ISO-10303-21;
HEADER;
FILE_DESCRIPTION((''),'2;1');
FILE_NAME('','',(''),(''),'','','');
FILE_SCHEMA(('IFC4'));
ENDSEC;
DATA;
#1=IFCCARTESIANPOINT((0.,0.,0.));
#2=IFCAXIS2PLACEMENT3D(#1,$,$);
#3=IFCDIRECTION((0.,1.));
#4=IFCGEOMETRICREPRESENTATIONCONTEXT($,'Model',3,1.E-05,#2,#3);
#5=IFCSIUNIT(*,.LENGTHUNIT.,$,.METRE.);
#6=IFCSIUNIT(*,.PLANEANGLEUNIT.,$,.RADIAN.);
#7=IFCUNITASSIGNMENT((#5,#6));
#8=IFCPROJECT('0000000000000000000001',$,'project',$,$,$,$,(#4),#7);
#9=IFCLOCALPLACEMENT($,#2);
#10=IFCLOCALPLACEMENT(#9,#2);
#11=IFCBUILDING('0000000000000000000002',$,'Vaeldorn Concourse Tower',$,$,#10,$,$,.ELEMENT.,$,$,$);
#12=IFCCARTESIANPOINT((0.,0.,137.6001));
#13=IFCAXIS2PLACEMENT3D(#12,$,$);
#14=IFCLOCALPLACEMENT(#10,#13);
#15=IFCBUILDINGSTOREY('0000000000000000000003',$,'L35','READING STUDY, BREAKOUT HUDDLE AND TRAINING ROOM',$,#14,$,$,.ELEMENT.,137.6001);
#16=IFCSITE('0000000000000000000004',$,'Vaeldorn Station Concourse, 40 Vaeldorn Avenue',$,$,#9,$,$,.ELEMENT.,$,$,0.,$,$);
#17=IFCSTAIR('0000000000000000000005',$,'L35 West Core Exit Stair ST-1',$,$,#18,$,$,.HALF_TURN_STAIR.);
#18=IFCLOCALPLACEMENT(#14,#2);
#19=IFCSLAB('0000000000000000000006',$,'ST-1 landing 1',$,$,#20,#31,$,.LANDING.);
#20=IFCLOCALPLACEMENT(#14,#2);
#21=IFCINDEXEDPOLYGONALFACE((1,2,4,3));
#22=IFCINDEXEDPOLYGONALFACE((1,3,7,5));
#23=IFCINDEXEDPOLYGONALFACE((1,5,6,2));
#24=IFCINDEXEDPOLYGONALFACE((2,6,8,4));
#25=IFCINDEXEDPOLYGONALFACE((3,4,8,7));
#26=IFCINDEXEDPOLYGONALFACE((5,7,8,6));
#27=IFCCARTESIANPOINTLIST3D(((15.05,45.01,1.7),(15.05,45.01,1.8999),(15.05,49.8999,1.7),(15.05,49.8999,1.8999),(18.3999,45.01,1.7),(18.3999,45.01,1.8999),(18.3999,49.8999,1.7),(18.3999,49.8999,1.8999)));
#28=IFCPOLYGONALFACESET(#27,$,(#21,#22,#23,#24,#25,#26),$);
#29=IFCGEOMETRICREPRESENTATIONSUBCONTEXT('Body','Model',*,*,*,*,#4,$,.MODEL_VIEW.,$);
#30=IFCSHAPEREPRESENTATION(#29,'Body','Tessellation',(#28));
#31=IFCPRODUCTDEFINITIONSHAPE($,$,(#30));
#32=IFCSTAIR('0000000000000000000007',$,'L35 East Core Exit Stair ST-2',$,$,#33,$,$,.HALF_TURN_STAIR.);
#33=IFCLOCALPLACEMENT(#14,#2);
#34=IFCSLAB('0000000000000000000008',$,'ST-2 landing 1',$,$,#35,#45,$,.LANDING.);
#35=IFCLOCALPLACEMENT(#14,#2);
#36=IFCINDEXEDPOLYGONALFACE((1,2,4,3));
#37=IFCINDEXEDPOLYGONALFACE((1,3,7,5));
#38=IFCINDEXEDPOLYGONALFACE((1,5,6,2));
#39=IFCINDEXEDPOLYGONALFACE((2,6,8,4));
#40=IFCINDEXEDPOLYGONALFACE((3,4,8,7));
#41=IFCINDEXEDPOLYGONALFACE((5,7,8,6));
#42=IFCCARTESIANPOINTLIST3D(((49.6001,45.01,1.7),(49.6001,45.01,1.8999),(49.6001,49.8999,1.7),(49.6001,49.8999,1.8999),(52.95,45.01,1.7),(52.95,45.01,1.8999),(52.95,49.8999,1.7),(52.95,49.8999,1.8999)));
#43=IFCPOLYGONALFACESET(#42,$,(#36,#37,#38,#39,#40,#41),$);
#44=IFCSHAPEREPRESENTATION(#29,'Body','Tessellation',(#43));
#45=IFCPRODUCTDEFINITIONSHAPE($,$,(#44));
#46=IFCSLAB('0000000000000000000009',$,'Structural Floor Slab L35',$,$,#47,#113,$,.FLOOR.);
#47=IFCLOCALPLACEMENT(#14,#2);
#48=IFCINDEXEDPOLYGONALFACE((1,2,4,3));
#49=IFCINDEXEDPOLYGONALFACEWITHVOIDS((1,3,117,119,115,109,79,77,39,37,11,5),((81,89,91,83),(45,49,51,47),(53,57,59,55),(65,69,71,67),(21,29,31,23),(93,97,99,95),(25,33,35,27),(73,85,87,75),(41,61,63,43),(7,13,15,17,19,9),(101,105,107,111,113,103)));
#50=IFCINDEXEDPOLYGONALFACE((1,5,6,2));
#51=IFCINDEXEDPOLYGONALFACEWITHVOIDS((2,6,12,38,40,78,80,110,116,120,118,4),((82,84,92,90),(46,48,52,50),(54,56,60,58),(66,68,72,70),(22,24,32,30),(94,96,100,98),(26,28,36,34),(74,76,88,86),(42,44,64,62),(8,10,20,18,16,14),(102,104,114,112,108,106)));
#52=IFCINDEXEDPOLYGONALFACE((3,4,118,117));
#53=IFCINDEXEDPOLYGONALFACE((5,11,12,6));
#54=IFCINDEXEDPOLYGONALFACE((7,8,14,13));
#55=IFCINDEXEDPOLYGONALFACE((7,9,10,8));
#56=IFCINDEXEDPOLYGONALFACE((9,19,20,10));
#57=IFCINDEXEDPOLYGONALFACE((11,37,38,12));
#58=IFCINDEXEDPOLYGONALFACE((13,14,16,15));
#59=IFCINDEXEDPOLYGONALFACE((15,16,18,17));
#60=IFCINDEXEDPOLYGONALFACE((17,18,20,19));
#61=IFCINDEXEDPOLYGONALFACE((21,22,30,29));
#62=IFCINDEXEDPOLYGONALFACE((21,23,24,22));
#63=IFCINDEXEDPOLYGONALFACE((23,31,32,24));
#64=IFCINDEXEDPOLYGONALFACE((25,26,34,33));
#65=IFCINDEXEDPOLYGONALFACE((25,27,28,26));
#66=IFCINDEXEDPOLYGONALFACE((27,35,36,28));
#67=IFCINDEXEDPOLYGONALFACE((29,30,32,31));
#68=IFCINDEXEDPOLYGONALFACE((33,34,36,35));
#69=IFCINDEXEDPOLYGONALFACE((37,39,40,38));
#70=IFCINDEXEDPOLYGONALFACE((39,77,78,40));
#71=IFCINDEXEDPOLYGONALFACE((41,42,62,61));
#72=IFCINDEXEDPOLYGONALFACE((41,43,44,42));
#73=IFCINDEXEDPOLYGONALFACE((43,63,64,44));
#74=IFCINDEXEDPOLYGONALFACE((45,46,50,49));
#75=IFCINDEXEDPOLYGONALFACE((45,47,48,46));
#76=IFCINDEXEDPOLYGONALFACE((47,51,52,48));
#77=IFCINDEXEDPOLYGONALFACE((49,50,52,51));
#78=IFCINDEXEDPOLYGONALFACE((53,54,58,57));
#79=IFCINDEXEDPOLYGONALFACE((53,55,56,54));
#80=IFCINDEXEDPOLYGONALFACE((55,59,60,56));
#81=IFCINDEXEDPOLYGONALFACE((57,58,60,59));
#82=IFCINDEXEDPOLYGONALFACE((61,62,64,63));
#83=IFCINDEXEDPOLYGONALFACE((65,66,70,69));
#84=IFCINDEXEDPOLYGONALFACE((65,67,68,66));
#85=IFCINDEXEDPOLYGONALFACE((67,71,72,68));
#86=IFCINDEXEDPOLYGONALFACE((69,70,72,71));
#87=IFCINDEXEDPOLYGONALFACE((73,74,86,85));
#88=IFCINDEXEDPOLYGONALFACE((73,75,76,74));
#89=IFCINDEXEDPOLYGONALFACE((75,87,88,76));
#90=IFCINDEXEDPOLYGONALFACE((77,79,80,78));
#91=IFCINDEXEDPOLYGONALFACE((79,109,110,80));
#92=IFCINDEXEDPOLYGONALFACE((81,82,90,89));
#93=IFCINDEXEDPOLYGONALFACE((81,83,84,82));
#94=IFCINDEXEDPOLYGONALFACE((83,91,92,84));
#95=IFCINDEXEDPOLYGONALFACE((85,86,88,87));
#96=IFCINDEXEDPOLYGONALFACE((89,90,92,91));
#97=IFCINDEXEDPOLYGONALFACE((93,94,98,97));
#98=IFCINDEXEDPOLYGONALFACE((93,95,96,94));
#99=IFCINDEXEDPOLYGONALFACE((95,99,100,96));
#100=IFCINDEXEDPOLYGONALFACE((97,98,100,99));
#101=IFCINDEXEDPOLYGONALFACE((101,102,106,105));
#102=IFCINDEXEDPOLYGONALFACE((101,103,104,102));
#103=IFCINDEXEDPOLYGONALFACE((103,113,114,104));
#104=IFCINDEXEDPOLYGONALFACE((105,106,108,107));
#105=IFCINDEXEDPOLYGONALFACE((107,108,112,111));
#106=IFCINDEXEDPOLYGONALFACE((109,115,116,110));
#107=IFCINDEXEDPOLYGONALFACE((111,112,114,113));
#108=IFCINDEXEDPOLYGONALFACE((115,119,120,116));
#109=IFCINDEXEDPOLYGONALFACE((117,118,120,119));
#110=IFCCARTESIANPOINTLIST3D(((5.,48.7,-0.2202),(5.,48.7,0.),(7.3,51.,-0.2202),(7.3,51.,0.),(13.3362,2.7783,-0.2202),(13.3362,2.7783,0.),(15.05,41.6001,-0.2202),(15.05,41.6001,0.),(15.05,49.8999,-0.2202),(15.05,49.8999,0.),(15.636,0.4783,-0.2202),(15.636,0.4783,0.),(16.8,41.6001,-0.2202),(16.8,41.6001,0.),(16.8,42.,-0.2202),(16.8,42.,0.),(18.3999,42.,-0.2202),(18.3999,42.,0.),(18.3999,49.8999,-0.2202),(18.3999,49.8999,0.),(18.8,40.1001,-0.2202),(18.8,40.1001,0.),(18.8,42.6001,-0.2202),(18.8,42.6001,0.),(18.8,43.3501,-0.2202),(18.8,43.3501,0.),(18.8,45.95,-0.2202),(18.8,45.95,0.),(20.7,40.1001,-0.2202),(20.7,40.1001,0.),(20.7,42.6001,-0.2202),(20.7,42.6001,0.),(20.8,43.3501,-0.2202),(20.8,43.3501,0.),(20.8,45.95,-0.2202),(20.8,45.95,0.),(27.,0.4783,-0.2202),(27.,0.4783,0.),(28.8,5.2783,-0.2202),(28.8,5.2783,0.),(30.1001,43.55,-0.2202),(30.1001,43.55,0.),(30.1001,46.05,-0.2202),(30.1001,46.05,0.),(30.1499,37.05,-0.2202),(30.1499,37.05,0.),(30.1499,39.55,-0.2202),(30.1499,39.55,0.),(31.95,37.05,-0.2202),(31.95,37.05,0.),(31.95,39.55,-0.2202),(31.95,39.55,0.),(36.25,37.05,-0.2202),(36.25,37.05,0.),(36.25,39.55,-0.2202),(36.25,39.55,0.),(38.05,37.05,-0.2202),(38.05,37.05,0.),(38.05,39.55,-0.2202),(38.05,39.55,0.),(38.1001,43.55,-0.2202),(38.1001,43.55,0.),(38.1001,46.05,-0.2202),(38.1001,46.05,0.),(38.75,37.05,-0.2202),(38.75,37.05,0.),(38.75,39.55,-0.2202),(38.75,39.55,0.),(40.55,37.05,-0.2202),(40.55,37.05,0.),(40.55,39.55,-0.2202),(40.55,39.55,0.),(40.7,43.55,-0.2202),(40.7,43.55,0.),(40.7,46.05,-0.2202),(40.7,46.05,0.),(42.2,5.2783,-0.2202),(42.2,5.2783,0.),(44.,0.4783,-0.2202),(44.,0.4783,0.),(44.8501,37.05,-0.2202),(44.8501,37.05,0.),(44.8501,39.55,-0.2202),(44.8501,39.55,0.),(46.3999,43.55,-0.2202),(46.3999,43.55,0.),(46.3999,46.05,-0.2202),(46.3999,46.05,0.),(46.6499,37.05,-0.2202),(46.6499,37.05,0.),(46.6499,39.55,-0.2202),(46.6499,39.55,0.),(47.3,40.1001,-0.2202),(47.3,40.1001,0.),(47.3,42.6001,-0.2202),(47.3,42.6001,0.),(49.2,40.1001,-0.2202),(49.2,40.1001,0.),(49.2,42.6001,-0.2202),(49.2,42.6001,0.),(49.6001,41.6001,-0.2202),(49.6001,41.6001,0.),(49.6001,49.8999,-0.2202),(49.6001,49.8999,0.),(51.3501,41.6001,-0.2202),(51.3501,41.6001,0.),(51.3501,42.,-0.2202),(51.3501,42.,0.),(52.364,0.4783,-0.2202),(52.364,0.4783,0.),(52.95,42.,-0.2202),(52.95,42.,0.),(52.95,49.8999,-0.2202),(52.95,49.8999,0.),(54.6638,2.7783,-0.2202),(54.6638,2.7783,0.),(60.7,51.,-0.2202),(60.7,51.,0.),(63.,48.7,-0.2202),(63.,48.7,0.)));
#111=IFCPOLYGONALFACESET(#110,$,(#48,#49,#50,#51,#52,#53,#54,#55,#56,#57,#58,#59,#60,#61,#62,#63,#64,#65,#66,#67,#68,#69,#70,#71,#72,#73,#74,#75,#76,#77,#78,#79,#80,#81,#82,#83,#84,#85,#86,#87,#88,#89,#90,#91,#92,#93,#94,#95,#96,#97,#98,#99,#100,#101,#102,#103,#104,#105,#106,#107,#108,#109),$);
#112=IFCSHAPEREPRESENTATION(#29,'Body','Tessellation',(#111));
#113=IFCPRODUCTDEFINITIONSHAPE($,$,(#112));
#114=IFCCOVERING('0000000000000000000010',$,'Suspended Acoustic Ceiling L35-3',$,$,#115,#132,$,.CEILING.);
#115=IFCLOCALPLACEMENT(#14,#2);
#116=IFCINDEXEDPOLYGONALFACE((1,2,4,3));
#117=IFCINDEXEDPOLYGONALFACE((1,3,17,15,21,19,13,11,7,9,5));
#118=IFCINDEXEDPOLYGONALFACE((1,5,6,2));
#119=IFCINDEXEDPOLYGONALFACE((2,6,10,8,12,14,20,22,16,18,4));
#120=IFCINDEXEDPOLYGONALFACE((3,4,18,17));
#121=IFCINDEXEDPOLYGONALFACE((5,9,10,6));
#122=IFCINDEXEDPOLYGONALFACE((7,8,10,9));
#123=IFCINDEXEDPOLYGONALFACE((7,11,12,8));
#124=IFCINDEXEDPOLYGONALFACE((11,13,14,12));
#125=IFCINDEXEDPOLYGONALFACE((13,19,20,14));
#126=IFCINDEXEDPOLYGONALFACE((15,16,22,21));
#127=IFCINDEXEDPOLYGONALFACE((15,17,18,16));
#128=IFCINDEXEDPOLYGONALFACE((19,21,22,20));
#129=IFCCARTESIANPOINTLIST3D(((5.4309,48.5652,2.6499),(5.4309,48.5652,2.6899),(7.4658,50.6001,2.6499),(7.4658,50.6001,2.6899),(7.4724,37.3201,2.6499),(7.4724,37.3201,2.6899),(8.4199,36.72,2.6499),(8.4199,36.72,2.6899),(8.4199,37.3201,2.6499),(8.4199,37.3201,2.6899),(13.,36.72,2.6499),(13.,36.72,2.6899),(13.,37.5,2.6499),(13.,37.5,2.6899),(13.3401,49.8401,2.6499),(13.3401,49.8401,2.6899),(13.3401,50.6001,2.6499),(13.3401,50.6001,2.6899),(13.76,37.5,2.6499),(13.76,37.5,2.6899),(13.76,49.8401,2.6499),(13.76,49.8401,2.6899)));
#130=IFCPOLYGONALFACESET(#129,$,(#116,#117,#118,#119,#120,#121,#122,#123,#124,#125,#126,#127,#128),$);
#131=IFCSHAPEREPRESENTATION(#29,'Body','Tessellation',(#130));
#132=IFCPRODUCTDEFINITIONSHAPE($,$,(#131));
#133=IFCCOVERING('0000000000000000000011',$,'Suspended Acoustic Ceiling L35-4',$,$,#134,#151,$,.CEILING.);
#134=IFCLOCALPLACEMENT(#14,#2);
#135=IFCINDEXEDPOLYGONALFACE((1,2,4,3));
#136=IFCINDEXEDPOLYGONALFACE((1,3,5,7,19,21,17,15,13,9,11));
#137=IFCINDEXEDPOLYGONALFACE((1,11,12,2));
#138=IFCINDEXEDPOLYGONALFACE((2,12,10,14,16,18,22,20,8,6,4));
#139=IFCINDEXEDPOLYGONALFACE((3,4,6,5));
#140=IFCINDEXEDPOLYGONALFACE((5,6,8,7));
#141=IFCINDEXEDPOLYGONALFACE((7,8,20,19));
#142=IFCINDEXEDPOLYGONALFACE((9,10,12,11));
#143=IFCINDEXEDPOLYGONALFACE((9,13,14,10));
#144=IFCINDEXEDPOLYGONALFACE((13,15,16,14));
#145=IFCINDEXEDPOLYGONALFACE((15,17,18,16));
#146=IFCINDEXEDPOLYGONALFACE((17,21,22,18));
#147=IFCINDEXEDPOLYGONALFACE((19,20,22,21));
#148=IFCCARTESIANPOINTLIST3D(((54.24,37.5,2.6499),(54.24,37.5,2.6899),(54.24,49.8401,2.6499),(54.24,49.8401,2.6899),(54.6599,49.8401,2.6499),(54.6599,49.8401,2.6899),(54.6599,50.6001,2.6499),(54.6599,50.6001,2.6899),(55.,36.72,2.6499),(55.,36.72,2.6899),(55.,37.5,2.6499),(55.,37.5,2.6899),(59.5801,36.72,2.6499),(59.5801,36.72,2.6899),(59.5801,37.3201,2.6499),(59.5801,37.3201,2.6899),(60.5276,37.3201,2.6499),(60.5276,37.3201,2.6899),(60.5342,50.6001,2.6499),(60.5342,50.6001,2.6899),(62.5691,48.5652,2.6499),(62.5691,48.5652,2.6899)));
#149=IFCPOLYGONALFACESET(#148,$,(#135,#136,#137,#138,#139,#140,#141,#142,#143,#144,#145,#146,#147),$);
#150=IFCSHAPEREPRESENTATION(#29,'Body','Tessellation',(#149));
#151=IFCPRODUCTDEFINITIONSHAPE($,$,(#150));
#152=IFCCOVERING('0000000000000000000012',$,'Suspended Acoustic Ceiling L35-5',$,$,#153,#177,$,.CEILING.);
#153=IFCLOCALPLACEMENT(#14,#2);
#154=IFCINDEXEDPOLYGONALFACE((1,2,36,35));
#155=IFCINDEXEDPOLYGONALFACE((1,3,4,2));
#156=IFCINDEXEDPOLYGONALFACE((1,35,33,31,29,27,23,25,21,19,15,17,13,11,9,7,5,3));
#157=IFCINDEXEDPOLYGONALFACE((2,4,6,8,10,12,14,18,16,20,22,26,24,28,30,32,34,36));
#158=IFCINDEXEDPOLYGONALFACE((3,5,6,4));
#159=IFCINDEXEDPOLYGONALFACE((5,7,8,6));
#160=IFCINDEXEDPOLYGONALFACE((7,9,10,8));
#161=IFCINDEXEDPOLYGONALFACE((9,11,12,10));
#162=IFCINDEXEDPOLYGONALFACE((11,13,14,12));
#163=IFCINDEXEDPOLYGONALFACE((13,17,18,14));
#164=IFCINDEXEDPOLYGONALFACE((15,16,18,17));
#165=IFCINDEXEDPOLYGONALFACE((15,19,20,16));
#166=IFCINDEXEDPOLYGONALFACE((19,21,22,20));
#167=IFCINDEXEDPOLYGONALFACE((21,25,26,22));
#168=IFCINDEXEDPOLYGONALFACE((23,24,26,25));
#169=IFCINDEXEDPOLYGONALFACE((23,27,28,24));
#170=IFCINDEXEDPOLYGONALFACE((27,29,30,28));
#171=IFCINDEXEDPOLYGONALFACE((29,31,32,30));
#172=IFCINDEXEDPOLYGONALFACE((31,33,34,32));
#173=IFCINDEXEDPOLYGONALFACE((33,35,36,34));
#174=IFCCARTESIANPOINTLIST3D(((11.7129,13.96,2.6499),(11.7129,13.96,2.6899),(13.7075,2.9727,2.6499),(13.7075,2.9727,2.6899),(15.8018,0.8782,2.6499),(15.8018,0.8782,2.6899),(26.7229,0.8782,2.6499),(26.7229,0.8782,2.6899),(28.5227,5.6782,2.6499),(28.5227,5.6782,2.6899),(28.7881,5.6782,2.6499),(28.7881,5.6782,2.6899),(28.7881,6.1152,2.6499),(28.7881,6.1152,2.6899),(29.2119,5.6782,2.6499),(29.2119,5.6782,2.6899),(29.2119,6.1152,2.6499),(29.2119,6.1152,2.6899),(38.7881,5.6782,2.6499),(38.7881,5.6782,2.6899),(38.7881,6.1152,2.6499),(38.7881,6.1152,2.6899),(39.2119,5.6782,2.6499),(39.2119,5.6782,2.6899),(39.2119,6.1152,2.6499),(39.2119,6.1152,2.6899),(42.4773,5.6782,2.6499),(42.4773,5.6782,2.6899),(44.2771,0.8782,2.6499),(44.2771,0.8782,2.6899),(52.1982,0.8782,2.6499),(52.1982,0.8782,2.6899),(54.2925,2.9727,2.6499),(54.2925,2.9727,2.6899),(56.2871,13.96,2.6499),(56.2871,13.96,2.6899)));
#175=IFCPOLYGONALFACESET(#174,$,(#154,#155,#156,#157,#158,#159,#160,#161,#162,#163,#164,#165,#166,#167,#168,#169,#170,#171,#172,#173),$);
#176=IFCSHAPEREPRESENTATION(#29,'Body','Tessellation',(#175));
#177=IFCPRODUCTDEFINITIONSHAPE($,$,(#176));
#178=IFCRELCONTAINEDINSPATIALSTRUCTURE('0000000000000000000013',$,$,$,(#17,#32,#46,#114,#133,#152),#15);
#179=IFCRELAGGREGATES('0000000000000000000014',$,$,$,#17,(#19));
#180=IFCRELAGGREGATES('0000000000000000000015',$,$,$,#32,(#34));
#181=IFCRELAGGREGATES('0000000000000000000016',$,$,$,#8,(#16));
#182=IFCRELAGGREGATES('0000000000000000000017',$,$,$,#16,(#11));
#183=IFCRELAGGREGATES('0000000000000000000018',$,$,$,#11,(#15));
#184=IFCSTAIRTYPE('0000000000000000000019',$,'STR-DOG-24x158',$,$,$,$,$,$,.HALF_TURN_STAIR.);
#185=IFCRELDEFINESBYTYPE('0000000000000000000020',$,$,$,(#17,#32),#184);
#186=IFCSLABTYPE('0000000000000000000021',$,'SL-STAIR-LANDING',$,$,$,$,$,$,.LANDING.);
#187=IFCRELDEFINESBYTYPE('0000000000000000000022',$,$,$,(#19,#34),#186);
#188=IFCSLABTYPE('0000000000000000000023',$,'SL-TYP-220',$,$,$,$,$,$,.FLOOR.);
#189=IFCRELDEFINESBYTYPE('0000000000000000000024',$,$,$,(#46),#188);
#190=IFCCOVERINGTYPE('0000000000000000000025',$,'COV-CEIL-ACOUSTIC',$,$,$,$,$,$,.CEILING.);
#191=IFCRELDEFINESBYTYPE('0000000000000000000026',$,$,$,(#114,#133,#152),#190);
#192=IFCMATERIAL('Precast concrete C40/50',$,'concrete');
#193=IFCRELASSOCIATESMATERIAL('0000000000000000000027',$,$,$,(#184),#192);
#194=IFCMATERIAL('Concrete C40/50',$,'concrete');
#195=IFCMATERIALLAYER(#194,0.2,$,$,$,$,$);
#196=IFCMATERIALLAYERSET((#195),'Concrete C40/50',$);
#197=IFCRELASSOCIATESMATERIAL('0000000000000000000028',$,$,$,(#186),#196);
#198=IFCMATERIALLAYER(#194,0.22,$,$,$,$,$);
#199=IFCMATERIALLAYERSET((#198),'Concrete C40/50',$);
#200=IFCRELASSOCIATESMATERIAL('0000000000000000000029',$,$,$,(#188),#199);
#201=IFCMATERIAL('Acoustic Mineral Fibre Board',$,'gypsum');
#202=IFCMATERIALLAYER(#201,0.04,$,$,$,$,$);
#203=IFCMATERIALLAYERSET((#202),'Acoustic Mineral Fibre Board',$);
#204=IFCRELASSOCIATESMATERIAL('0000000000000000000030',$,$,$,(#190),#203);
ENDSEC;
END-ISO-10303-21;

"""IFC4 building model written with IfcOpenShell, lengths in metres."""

from ifc_helpers import new_model, si_unit, direction, frame, origin, place, context, subcontext, project, spatial, polyline, outline, extrude, material, layer, layer_set, type_object, element, aggregate, save


model = new_model("IFC4")

# Units and contexts
model_context = context("Model", 3, precision=1e-05, world=origin(), true_north=direction((0.0, 1.0)))
body_context = subcontext(model_context, "Body", "Model", "MODEL_VIEW")
ifc_project = project(units=[si_unit("LENGTHUNIT", "METRE"), si_unit("PLANEANGLEUNIT", "RADIAN")], contexts=[model_context])

# Site, building, storey
site_placement = place(None, origin())
site = spatial("IfcSite", under=ifc_project, at=site_placement, Name="Vaeldorn Station Concourse, 40 Vaeldorn Avenue", CompositionType="ELEMENT", RefElevation=0.0)
building_placement = place(site_placement, origin())
building = spatial("IfcBuilding", under=site, at=building_placement, Name="Vaeldorn Concourse Tower", CompositionType="ELEMENT")
storey_placement = place(building_placement, frame((0.0, 0.0, 137.6001)))
storey = spatial("IfcBuildingStorey", under=building, at=storey_placement, Name="L35", Description="READING STUDY, BREAKOUT HUDDLE AND TRAINING ROOM", CompositionType="ELEMENT", Elevation=137.6001)

# Stairs, slabs
ifc_material_1 = material(Name="Precast concrete C40/50", Category="concrete")
stair_type = type_object("IfcStairType", Name="STR-DOG-24x158", PredefinedType="HALF_TURN_STAIR", material=ifc_material_1)
stair_1_placement = place(storey_placement, origin())
stair_1 = element("IfcStair", 1, at=stair_1_placement, inside=storey, type_object=stair_type, Name="L35 West Core Exit Stair ST-1", PredefinedType="HALF_TURN_STAIR")
ifc_material_2 = material(Name="Concrete C40/50", Category="concrete")
ifc_layer_1 = layer(ifc_material_2, 0.2)
ifc_layer_set_1 = layer_set([ifc_layer_1], Name="Concrete C40/50")
slab_type_1 = type_object("IfcSlabType", Name="SL-STAIR-LANDING", PredefinedType="LANDING", material=ifc_layer_set_1)
slab_1_placement = place(storey_placement, frame((0.0, 0.0, 1.7)))
slab_1 = element("IfcSlab", 2, at=slab_1_placement, type_object=slab_type_1, Name="ST-1 landing 1", PredefinedType="LANDING", context=body_context, shape_type="SweptSolid", body=[
    extrude(outline(polyline([(18.3999, 45.01), (18.3999, 49.8999), (15.05, 49.8999), (15.05, 45.01), (18.3999, 45.01)])), origin(), (0.0, 0.0, 1.0), 0.2),
])
aggregate(stair_1, [slab_1])
stair_2_placement = place(storey_placement, origin())
stair_2 = element("IfcStair", 3, at=stair_2_placement, inside=storey, type_object=stair_type, Name="L35 East Core Exit Stair ST-2", PredefinedType="HALF_TURN_STAIR")
slab_2_placement = place(storey_placement, frame((0.0, 0.0, 1.7)))
slab_2 = element("IfcSlab", 4, at=slab_2_placement, type_object=slab_type_1, Name="ST-2 landing 1", PredefinedType="LANDING", context=body_context, shape_type="SweptSolid", body=[
    extrude(outline(polyline([(52.95, 45.01), (52.95, 49.8999), (49.6001, 49.8999), (49.6001, 45.01), (52.95, 45.01)])), origin(), (0.0, 0.0, 1.0), 0.2),
])
aggregate(stair_2, [slab_2])

# Slab
ifc_layer_2 = layer(ifc_material_2, 0.22)
ifc_layer_set_2 = layer_set([ifc_layer_2], Name="Concrete C40/50")
slab_type_2 = type_object("IfcSlabType", Name="SL-TYP-220", PredefinedType="FLOOR", material=ifc_layer_set_2)
slab_3_placement = place(storey_placement, frame((0.0, 0.0, -0.2202)))
element("IfcSlab", 5, at=slab_3_placement, inside=storey, type_object=slab_type_2, Name="Structural Floor Slab L35", PredefinedType="FLOOR", context=body_context, shape_type="SweptSolid", body=[
    extrude(outline(polyline([(15.636, 0.4783), (27.0, 0.4783), (28.8, 5.2783), (42.2, 5.2783), (44.0, 0.4783), (52.364, 0.4783), (54.6638, 2.7783), (63.0, 48.7), (60.7, 51.0), (7.3, 51.0), (5.0, 48.7), (13.3362, 2.7783), (15.636, 0.4783)]), holes=[polyline([(18.3999, 42.0), (18.3999, 49.8999), (15.05, 49.8999), (15.05, 41.6001), (16.8, 41.6001), (16.8, 42.0), (18.3999, 42.0)]), polyline([(52.95, 42.0), (52.95, 49.8999), (49.6001, 49.8999), (49.6001, 41.6001), (51.3501, 41.6001), (51.3501, 42.0), (52.95, 42.0)]), polyline([(30.1499, 37.05), (31.95, 37.05), (31.95, 39.55), (30.1499, 39.55), (30.1499, 37.05)]), polyline([(36.25, 37.05), (38.05, 37.05), (38.05, 39.55), (36.25, 39.55), (36.25, 37.05)]), polyline([(30.1001, 43.55), (38.1001, 43.55), (38.1001, 46.05), (30.1001, 46.05), (30.1001, 43.55)]), polyline([(38.75, 37.05), (40.55, 37.05), (40.55, 39.55), (38.75, 39.55), (38.75, 37.05)]), polyline([(44.8501, 37.05), (46.6499, 37.05), (46.6499, 39.55), (44.8501, 39.55), (44.8501, 37.05)]), polyline([(40.7, 43.55), (46.3999, 43.55), (46.3999, 46.05), (40.7, 46.05), (40.7, 43.55)]), polyline([(18.8, 43.3501), (20.8, 43.3501), (20.8, 45.95), (18.8, 45.95), (18.8, 43.3501)]), polyline([(18.8, 40.1001), (20.7, 40.1001), (20.7, 42.6001), (18.8, 42.6001), (18.8, 40.1001)]), polyline([(47.3, 40.1001), (49.2, 40.1001), (49.2, 42.6001), (47.3, 42.6001), (47.3, 40.1001)])]), origin(), (0.0, 0.0, 1.0), 0.2202),
])

# Coverings
ifc_material_3 = material(Name="Acoustic Mineral Fibre Board", Category="gypsum")
ifc_layer_3 = layer(ifc_material_3, 0.04)
ifc_layer_set_3 = layer_set([ifc_layer_3], Name="Acoustic Mineral Fibre Board")
covering_type_1 = type_object("IfcCoveringType", Name="COV-CEIL-ACOUSTIC", PredefinedType="CEILING", material=ifc_layer_set_3)
covering_1_placement = place(storey_placement, frame((0.0, 0.0, 2.6499)))
element("IfcCovering", 6, at=covering_1_placement, inside=storey, type_object=covering_type_1, Name="Suspended Acoustic Ceiling L35-3", PredefinedType="CEILING", context=body_context, shape_type="SweptSolid", body=[
    extrude(outline(polyline([(7.4658, 50.6001), (13.3401, 50.6001), (13.3401, 49.8401), (13.76, 49.8401), (13.76, 37.5), (13.0, 37.5), (13.0, 36.72), (8.4199, 36.72), (8.4199, 37.3201), (7.4724, 37.3201), (5.4309, 48.5652), (7.4658, 50.6001)])), origin(), (0.0, 0.0, 1.0), 0.04),
])
covering_2_placement = place(storey_placement, frame((0.0, 0.0, 2.6499)))
element("IfcCovering", 7, at=covering_2_placement, inside=storey, type_object=covering_type_1, Name="Suspended Acoustic Ceiling L35-4", PredefinedType="CEILING", context=body_context, shape_type="SweptSolid", body=[
    extrude(outline(polyline([(54.6599, 49.8401), (54.6599, 50.6001), (60.5342, 50.6001), (62.5691, 48.5652), (60.5276, 37.3201), (59.5801, 37.3201), (59.5801, 36.72), (55.0, 36.72), (55.0, 37.5), (54.24, 37.5), (54.24, 49.8401), (54.6599, 49.8401)])), origin(), (0.0, 0.0, 1.0), 0.04),
])
covering_3_placement = place(storey_placement, frame((0.0, 0.0, 2.6499)))
element("IfcCovering", 8, at=covering_3_placement, inside=storey, type_object=covering_type_1, Name="Suspended Acoustic Ceiling L35-5", PredefinedType="CEILING", context=body_context, shape_type="SweptSolid", body=[
    extrude(outline(polyline([(56.2871, 13.96), (54.2925, 2.9727), (52.1982, 0.8782), (44.2771, 0.8782), (42.4773, 5.6782), (39.2119, 5.6782), (39.2119, 6.1152), (38.7881, 6.1152), (38.7881, 5.6782), (29.2119, 5.6782), (29.2119, 6.1152), (28.7881, 6.1152), (28.7881, 5.6782), (28.5227, 5.6782), (26.7229, 0.8782), (15.8018, 0.8782), (13.7075, 2.9727), (11.7129, 13.96), (56.2871, 13.96)])), origin(), (0.0, 0.0, 1.0), 0.04),
])

save(model, "model.ifc")
